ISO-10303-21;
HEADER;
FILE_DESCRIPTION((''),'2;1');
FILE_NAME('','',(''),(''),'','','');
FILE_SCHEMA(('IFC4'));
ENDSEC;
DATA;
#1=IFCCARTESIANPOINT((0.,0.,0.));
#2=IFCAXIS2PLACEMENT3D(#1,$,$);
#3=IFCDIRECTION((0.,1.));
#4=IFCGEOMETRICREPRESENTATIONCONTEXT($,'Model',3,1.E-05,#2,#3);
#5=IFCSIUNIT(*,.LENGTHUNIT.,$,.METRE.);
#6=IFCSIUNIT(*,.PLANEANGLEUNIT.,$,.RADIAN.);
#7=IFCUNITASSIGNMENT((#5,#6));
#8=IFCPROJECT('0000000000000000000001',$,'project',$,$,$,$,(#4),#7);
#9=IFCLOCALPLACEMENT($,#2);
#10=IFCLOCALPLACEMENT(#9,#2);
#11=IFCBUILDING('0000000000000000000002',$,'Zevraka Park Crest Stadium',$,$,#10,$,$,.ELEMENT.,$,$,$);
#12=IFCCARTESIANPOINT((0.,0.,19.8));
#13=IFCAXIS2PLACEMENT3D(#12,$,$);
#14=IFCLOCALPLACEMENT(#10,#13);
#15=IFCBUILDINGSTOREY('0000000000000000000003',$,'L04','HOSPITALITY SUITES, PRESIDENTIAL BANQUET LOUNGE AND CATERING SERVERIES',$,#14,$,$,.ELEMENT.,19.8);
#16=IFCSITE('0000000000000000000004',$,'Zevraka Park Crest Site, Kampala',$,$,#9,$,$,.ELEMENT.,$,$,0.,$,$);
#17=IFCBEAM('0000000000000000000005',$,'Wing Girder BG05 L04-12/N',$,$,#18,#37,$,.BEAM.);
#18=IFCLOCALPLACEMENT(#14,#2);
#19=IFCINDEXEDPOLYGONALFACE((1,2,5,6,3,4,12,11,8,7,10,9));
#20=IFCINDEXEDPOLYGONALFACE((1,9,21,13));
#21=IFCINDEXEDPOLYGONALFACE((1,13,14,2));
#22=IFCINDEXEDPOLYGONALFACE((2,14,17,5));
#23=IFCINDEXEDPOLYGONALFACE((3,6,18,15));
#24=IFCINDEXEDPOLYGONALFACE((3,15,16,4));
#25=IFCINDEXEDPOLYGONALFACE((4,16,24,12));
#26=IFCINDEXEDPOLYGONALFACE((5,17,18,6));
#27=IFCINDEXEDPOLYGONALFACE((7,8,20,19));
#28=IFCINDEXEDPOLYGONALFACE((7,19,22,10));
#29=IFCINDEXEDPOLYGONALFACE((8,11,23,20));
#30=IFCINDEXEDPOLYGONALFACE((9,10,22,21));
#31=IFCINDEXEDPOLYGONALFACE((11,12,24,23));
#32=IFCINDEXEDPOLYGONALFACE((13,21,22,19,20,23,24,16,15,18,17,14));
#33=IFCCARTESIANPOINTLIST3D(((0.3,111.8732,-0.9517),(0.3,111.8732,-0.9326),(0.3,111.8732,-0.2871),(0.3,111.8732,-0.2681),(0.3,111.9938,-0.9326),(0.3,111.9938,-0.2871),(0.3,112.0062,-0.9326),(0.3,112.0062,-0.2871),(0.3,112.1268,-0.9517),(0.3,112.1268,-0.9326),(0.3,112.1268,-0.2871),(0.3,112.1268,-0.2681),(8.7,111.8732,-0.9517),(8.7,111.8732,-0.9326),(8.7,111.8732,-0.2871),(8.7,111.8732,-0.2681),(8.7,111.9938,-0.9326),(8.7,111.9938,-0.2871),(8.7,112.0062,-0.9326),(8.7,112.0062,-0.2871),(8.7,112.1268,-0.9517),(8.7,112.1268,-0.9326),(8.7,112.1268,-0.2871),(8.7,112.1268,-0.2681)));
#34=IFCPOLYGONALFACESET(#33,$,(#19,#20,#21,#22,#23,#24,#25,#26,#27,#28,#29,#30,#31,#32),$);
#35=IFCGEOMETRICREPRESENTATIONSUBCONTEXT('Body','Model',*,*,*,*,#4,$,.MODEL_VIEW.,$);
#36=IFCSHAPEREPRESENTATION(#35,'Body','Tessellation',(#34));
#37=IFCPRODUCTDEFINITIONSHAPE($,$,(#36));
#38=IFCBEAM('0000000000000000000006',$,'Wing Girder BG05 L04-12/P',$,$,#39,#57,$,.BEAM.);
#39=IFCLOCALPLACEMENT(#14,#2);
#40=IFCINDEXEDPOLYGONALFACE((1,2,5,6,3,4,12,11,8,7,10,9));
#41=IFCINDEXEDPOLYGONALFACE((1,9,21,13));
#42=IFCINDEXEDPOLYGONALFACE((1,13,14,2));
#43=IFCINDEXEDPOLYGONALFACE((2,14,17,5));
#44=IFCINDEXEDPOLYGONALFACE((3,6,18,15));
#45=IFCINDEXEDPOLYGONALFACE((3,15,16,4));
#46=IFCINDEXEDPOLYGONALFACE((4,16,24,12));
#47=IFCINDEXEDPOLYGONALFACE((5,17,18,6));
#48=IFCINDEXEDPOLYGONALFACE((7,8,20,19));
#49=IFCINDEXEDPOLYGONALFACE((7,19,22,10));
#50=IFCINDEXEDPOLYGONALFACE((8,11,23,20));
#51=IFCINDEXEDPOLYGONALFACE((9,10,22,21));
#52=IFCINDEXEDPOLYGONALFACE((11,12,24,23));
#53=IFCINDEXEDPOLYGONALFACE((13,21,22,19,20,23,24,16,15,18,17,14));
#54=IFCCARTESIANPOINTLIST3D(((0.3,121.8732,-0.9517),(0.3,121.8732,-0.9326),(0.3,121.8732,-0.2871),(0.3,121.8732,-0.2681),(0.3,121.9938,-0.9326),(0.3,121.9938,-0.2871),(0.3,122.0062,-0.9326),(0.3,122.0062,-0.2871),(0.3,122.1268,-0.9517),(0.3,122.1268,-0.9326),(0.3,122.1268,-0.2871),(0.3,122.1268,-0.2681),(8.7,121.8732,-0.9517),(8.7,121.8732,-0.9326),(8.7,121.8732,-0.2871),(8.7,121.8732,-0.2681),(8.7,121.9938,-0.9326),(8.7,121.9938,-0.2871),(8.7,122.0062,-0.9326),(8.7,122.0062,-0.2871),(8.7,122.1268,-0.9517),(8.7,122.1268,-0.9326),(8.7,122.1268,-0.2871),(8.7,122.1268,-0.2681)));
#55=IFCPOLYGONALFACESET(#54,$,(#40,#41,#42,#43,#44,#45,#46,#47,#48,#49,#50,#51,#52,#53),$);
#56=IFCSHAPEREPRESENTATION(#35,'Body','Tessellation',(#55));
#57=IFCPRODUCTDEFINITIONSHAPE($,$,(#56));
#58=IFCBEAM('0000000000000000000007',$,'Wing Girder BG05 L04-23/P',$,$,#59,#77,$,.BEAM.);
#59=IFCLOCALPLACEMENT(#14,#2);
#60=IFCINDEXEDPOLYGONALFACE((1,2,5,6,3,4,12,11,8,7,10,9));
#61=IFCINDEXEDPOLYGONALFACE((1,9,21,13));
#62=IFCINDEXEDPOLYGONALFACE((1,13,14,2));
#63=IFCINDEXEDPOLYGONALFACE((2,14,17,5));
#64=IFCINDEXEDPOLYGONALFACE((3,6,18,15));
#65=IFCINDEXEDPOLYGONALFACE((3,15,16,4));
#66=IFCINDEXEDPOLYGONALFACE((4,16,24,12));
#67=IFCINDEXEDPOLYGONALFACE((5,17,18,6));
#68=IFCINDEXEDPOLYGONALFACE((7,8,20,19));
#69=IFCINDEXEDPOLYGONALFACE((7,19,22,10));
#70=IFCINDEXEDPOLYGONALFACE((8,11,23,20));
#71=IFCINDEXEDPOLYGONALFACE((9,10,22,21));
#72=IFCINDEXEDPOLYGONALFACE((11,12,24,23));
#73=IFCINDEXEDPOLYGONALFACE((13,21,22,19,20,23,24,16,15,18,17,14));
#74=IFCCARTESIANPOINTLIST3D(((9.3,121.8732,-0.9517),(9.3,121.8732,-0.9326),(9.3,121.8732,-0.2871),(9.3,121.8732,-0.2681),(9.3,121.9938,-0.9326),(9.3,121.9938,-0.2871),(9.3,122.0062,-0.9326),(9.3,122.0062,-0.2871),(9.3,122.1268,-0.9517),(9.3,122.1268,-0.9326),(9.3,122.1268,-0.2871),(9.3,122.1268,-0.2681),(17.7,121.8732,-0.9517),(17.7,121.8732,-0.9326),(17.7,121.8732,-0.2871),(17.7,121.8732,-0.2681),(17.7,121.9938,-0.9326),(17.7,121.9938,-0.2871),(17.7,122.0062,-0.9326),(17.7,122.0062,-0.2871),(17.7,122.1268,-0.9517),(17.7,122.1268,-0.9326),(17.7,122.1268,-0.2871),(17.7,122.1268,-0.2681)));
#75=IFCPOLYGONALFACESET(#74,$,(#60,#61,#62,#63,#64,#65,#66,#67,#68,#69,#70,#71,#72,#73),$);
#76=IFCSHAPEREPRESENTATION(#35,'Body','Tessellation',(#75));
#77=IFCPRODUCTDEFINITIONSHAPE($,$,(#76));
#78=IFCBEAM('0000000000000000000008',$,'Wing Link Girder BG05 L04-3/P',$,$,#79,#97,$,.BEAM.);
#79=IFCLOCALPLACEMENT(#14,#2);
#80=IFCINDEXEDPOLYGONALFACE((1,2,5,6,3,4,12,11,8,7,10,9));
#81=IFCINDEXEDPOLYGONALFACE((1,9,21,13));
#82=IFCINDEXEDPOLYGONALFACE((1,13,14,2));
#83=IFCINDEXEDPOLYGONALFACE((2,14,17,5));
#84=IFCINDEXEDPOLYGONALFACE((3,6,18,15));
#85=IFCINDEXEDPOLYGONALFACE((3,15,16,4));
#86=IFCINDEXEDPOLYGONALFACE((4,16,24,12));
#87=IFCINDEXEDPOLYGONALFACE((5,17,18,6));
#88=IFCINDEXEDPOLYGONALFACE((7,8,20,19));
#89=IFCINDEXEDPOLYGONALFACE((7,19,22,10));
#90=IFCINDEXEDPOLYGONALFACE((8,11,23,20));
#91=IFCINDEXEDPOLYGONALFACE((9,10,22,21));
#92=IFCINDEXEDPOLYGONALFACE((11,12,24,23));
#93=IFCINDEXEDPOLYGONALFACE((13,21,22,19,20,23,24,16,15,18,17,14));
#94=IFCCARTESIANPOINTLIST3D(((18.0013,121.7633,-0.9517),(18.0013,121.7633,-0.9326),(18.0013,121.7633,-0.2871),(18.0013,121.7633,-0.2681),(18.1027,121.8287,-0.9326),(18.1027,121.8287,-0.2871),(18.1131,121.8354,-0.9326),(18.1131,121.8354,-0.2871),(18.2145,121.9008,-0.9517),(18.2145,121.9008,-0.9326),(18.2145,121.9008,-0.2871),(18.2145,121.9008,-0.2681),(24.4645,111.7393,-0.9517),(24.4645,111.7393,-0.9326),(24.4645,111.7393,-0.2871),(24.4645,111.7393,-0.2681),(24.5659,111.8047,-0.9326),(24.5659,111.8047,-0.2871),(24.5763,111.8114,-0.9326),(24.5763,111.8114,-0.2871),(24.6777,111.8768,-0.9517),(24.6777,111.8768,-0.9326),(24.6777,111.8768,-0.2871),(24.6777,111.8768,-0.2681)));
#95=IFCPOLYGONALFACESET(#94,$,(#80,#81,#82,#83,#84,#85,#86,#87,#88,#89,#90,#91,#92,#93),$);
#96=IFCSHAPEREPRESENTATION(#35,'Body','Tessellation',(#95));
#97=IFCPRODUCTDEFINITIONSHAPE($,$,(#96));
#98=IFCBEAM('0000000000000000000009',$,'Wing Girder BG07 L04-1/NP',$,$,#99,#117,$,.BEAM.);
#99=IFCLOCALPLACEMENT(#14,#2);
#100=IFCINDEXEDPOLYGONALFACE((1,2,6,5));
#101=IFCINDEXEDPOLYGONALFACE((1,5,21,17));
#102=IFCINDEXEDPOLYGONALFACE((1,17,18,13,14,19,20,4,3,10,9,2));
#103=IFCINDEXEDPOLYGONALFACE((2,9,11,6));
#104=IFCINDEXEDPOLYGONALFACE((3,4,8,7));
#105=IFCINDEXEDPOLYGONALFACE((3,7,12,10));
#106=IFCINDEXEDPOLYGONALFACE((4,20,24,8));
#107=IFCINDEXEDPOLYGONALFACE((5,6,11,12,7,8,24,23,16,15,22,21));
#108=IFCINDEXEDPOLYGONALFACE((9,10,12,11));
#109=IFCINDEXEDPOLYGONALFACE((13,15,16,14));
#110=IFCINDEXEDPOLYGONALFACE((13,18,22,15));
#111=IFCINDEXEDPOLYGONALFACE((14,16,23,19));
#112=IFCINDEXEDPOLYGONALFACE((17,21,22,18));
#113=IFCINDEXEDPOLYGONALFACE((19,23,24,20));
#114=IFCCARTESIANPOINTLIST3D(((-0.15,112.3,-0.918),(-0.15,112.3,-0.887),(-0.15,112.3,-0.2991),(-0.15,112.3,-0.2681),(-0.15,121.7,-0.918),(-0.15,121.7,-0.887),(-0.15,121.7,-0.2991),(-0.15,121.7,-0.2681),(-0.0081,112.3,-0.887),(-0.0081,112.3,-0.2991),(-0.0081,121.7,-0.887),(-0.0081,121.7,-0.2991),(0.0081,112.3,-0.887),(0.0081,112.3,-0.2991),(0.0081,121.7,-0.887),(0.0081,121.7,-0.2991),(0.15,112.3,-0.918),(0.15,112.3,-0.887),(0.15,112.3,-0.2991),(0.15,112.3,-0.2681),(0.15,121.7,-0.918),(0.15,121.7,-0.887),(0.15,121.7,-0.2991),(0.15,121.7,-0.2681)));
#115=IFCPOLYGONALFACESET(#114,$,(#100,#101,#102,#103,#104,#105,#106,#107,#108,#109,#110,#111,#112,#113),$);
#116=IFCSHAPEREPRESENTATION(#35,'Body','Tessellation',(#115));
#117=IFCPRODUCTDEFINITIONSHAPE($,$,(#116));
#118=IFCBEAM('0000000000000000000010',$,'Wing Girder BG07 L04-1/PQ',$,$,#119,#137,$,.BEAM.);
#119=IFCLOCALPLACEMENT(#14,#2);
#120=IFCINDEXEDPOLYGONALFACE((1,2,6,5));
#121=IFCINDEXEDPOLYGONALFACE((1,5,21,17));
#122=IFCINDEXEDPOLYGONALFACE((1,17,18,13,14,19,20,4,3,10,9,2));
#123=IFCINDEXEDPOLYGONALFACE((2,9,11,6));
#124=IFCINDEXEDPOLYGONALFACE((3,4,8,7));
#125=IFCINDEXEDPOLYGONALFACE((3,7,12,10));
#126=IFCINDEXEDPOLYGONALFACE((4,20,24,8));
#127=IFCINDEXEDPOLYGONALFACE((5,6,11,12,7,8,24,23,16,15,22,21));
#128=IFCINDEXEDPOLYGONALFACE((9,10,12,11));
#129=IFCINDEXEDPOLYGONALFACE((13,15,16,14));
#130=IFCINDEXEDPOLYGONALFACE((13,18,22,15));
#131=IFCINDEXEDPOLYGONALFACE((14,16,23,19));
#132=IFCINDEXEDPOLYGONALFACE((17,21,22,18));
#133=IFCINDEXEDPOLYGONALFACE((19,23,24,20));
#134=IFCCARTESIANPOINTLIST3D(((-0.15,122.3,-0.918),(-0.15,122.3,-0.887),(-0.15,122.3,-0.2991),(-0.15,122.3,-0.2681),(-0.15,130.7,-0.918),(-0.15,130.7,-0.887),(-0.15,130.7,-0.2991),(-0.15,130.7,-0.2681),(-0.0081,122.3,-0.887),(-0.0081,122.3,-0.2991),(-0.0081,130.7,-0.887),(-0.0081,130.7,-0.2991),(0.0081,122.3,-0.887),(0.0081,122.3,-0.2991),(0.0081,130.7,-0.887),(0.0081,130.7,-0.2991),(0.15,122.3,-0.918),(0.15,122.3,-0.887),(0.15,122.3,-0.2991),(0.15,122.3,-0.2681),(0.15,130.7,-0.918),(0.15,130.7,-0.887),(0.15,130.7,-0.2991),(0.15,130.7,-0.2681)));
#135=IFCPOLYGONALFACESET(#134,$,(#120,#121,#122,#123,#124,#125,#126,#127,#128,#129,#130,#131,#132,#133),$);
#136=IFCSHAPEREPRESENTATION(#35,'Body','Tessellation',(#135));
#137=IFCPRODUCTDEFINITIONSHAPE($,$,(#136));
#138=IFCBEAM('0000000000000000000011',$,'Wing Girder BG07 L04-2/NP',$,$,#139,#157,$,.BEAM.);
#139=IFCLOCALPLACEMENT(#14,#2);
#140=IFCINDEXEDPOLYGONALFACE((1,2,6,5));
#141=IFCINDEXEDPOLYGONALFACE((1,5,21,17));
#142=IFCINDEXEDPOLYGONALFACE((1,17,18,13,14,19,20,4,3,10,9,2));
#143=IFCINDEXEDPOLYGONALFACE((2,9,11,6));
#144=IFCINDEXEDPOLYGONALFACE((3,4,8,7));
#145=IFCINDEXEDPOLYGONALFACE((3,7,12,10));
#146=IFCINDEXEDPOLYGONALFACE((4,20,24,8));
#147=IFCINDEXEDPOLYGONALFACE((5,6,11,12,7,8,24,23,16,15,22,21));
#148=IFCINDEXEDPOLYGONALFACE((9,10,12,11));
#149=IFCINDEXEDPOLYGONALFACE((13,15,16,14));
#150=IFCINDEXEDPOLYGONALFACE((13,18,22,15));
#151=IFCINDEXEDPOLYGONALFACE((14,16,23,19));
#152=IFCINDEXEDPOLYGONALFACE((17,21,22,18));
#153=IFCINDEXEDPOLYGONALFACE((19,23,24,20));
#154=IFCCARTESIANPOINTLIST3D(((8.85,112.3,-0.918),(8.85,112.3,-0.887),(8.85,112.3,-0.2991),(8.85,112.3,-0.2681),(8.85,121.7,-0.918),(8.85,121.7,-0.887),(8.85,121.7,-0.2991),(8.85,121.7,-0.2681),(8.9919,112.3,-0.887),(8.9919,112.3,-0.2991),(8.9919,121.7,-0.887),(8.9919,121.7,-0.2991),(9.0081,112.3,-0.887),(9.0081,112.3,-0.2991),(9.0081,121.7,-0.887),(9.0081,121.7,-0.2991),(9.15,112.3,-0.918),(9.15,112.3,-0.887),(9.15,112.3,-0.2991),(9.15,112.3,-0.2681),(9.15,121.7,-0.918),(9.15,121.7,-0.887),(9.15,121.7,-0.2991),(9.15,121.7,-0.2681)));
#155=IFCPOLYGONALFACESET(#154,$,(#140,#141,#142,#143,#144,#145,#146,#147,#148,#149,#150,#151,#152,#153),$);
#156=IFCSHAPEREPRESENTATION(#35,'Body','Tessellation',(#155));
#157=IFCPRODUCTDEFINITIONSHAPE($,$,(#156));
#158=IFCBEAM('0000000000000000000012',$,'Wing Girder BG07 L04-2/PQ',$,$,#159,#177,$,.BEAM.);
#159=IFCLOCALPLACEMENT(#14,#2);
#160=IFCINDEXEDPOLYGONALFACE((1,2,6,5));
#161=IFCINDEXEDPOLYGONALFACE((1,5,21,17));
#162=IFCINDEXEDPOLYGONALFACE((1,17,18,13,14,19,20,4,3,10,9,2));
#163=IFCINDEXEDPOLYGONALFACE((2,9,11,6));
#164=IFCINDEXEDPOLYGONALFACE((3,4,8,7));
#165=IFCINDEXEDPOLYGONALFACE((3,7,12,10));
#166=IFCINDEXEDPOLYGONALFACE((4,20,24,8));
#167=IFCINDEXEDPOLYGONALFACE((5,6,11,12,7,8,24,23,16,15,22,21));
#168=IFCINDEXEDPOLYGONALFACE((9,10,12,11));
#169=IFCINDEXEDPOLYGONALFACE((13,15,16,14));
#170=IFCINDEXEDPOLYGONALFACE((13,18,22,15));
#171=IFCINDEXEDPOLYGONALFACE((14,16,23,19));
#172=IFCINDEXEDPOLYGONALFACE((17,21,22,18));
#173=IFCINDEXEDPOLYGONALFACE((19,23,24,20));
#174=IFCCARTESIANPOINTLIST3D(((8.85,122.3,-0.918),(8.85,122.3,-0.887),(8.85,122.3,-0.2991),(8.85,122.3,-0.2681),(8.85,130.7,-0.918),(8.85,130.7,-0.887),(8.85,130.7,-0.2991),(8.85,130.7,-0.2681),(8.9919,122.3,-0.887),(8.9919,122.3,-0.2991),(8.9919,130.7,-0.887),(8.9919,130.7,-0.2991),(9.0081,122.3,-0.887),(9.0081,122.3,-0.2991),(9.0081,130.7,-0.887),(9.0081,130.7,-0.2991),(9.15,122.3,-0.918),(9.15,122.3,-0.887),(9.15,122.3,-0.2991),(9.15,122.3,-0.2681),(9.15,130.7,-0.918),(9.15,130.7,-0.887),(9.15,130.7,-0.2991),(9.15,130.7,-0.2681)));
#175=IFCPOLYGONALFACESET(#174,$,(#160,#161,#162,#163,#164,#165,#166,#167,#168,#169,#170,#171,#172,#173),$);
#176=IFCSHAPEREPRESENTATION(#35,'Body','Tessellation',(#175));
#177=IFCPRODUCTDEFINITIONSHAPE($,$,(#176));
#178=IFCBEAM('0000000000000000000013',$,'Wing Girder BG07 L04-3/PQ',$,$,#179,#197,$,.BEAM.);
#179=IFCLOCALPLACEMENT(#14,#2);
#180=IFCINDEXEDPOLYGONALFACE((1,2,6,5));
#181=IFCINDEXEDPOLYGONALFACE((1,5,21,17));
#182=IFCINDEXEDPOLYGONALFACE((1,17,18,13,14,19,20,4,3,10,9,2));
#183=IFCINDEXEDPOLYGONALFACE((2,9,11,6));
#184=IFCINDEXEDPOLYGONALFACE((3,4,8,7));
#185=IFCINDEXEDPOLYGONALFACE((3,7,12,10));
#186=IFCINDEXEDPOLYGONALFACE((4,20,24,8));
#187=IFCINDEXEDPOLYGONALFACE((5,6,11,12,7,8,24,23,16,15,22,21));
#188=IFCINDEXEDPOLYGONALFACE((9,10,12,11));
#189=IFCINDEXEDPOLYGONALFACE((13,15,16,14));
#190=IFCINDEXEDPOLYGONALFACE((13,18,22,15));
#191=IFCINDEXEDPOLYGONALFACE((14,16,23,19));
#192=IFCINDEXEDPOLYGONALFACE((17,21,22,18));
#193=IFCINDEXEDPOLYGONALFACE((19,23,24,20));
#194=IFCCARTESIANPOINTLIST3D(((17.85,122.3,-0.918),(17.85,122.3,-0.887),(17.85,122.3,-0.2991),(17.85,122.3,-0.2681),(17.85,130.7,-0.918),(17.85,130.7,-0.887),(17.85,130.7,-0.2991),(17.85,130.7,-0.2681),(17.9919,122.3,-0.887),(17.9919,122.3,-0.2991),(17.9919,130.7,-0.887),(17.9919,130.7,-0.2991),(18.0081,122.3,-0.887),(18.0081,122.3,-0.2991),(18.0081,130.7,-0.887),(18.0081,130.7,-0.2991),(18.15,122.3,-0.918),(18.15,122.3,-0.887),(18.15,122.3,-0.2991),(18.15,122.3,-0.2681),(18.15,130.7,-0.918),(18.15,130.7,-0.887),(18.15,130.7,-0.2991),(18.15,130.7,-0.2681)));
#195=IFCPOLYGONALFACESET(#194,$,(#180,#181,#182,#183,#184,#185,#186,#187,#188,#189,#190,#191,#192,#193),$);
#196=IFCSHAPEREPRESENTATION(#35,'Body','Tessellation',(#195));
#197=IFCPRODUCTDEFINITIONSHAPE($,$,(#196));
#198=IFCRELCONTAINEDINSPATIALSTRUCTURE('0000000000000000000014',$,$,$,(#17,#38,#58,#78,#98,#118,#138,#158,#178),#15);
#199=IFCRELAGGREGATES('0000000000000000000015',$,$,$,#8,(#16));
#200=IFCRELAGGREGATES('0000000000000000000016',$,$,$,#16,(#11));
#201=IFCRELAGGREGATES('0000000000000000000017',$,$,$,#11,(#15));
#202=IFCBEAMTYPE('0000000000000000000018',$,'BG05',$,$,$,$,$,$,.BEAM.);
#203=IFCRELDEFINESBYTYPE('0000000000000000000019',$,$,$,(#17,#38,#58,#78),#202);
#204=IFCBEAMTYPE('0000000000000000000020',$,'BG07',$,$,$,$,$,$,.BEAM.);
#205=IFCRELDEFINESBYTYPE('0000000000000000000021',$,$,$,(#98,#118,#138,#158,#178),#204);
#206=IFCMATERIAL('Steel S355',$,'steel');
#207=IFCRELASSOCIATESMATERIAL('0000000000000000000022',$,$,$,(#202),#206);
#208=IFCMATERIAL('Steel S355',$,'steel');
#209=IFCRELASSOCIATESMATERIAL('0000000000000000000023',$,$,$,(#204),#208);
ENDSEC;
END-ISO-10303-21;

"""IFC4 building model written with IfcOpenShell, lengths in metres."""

from ifc_helpers import new_model, si_unit, direction, frame, origin, origin_2d, place, context, subcontext, project, spatial, i_section, extrude, material, material_profile, profile_set, type_object, element, save


model = new_model("IFC4")

# Units and contexts
model_context = context("Model", 3, precision=1e-05, world=origin(), true_north=direction((0.0, 1.0)))
body_context = subcontext(model_context, "Body", "Model", "MODEL_VIEW")
ifc_project = project(units=[si_unit("LENGTHUNIT", "METRE"), si_unit("PLANEANGLEUNIT", "RADIAN")], contexts=[model_context])

# Site, building, storey
site_placement = place(None, origin())
site = spatial("IfcSite", under=ifc_project, at=site_placement, Name="Zevraka Park Crest Site, Kampala", CompositionType="ELEMENT", RefElevation=0.0)
building_placement = place(site_placement, origin())
building = spatial("IfcBuilding", under=site, at=building_placement, Name="Zevraka Park Crest Stadium", CompositionType="ELEMENT")
storey_placement = place(building_placement, frame((0.0, 0.0, 19.8)))
storey = spatial("IfcBuildingStorey", under=building, at=storey_placement, Name="L04", Description="HOSPITALITY SUITES, PRESIDENTIAL BANQUET LOUNGE AND CATERING SERVERIES", CompositionType="ELEMENT", Elevation=19.8)

# Beams
ifc_material_1 = material(Name="Steel S355", Category="steel")
ifc_material_profile_1 = material_profile(ifc_material_1, i_section(OverallWidth=0.2537, OverallDepth=0.6836, WebThickness=0.0125, FlangeThickness=0.019, at=origin_2d()), Name="UKB 686x254x140")
ifc_profile_set_1 = profile_set([ifc_material_profile_1], Name="Steel S355")
beam_type_1 = type_object("IfcBeamType", Name="BG05", PredefinedType="BEAM", material=ifc_profile_set_1)
for number, where, z_axis, x_axis, name in (
    (1, (0.3, 112.0, -0.6099), (1.0, 0.0, 0.0), (0.0, 1.0, 0.0), "Wing Girder BG05 L04-12/N"),
    (2, (0.3, 122.0, -0.6099), (1.0, 0.0, 0.0), (0.0, 1.0, 0.0), "Wing Girder BG05 L04-12/P"),
    (3, (9.3, 122.0, -0.6099), (1.0, 0.0, 0.0), (0.0, 1.0, 0.0), "Wing Girder BG05 L04-23/P"),
):
    element("IfcBeam", number, at=place(storey_placement, frame(where, z_axis=z_axis, x_axis=x_axis)), inside=storey, type_object=beam_type_1, Name=name, PredefinedType="BEAM", context=body_context, shape_type="SweptSolid", body=[
        extrude(i_section(OverallWidth=0.2537, OverallDepth=0.6836, WebThickness=0.0125, FlangeThickness=0.019, at=origin_2d()), origin(), (0.0, 0.0, 1.0), 8.3999),
    ])
beam_1_placement = place(storey_placement, frame((18.1079, 121.832, -0.6099), z_axis=(0.541895, -0.840446, 0.0), x_axis=(0.840446, 0.541895, 0.0)))
element("IfcBeam", 4, at=beam_1_placement, inside=storey, type_object=beam_type_1, Name="Wing Link Girder BG05 L04-3/P", PredefinedType="BEAM", context=body_context, shape_type="SweptSolid", body=[
    extrude(i_section(OverallWidth=0.2537, OverallDepth=0.6836, WebThickness=0.0125, FlangeThickness=0.019, at=origin_2d()), origin(), (0.0, 0.0, 1.0), 11.927),
])
ifc_material_2 = material(Name="Steel S355", Category="steel")
ifc_material_profile_2 = material_profile(ifc_material_2, i_section(OverallWidth=0.3, OverallDepth=0.6499, WebThickness=0.0161, FlangeThickness=0.031, at=origin_2d()), Name="HEB 650")
ifc_profile_set_2 = profile_set([ifc_material_profile_2], Name="Steel S355")
beam_type_2 = type_object("IfcBeamType", Name="BG07", PredefinedType="BEAM", material=ifc_profile_set_2)
beam_2_placement = place(storey_placement, frame((0.0, 112.3, -0.593), z_axis=(0.0, 1.0, 0.0), x_axis=(-1.0, 0.0, 0.0)))
element("IfcBeam", 5, at=beam_2_placement, inside=storey, type_object=beam_type_2, Name="Wing Girder BG07 L04-1/NP", PredefinedType="BEAM", context=body_context, shape_type="SweptSolid", body=[
    extrude(i_section(OverallWidth=0.3, OverallDepth=0.6499, WebThickness=0.0161, FlangeThickness=0.031, at=origin_2d()), origin(), (0.0, 0.0, 1.0), 9.3999),
])
beam_3_placement = place(storey_placement, frame((0.0, 122.3, -0.593), z_axis=(0.0, 1.0, 0.0), x_axis=(-1.0, 0.0, 0.0)))
element("IfcBeam", 6, at=beam_3_placement, inside=storey, type_object=beam_type_2, Name="Wing Girder BG07 L04-1/PQ", PredefinedType="BEAM", context=body_context, shape_type="SweptSolid", body=[
    extrude(i_section(OverallWidth=0.3, OverallDepth=0.6499, WebThickness=0.0161, FlangeThickness=0.031, at=origin_2d()), origin(), (0.0, 0.0, 1.0), 8.3999),
])
beam_4_placement = place(storey_placement, frame((9.0, 112.3, -0.593), z_axis=(0.0, 1.0, 0.0), x_axis=(-1.0, 0.0, 0.0)))
element("IfcBeam", 7, at=beam_4_placement, inside=storey, type_object=beam_type_2, Name="Wing Girder BG07 L04-2/NP", PredefinedType="BEAM", context=body_context, shape_type="SweptSolid", body=[
    extrude(i_section(OverallWidth=0.3, OverallDepth=0.6499, WebThickness=0.0161, FlangeThickness=0.031, at=origin_2d()), origin(), (0.0, 0.0, 1.0), 9.3999),
])
for number, where, z_axis, x_axis, name in (
    (8, (9.0, 122.3, -0.593), (0.0, 1.0, 0.0), (-1.0, 0.0, 0.0), "Wing Girder BG07 L04-2/PQ"),
    (9, (18.0, 122.3, -0.593), (0.0, 1.0, 0.0), (-1.0, 0.0, 0.0), "Wing Girder BG07 L04-3/PQ"),
):
    element("IfcBeam", number, at=place(storey_placement, frame(where, z_axis=z_axis, x_axis=x_axis)), inside=storey, type_object=beam_type_2, Name=name, PredefinedType="BEAM", context=body_context, shape_type="SweptSolid", body=[
        extrude(i_section(OverallWidth=0.3, OverallDepth=0.6499, WebThickness=0.0161, FlangeThickness=0.031, at=origin_2d()), origin(), (0.0, 0.0, 1.0), 8.3999),
    ])

save(model, "model.ifc")
